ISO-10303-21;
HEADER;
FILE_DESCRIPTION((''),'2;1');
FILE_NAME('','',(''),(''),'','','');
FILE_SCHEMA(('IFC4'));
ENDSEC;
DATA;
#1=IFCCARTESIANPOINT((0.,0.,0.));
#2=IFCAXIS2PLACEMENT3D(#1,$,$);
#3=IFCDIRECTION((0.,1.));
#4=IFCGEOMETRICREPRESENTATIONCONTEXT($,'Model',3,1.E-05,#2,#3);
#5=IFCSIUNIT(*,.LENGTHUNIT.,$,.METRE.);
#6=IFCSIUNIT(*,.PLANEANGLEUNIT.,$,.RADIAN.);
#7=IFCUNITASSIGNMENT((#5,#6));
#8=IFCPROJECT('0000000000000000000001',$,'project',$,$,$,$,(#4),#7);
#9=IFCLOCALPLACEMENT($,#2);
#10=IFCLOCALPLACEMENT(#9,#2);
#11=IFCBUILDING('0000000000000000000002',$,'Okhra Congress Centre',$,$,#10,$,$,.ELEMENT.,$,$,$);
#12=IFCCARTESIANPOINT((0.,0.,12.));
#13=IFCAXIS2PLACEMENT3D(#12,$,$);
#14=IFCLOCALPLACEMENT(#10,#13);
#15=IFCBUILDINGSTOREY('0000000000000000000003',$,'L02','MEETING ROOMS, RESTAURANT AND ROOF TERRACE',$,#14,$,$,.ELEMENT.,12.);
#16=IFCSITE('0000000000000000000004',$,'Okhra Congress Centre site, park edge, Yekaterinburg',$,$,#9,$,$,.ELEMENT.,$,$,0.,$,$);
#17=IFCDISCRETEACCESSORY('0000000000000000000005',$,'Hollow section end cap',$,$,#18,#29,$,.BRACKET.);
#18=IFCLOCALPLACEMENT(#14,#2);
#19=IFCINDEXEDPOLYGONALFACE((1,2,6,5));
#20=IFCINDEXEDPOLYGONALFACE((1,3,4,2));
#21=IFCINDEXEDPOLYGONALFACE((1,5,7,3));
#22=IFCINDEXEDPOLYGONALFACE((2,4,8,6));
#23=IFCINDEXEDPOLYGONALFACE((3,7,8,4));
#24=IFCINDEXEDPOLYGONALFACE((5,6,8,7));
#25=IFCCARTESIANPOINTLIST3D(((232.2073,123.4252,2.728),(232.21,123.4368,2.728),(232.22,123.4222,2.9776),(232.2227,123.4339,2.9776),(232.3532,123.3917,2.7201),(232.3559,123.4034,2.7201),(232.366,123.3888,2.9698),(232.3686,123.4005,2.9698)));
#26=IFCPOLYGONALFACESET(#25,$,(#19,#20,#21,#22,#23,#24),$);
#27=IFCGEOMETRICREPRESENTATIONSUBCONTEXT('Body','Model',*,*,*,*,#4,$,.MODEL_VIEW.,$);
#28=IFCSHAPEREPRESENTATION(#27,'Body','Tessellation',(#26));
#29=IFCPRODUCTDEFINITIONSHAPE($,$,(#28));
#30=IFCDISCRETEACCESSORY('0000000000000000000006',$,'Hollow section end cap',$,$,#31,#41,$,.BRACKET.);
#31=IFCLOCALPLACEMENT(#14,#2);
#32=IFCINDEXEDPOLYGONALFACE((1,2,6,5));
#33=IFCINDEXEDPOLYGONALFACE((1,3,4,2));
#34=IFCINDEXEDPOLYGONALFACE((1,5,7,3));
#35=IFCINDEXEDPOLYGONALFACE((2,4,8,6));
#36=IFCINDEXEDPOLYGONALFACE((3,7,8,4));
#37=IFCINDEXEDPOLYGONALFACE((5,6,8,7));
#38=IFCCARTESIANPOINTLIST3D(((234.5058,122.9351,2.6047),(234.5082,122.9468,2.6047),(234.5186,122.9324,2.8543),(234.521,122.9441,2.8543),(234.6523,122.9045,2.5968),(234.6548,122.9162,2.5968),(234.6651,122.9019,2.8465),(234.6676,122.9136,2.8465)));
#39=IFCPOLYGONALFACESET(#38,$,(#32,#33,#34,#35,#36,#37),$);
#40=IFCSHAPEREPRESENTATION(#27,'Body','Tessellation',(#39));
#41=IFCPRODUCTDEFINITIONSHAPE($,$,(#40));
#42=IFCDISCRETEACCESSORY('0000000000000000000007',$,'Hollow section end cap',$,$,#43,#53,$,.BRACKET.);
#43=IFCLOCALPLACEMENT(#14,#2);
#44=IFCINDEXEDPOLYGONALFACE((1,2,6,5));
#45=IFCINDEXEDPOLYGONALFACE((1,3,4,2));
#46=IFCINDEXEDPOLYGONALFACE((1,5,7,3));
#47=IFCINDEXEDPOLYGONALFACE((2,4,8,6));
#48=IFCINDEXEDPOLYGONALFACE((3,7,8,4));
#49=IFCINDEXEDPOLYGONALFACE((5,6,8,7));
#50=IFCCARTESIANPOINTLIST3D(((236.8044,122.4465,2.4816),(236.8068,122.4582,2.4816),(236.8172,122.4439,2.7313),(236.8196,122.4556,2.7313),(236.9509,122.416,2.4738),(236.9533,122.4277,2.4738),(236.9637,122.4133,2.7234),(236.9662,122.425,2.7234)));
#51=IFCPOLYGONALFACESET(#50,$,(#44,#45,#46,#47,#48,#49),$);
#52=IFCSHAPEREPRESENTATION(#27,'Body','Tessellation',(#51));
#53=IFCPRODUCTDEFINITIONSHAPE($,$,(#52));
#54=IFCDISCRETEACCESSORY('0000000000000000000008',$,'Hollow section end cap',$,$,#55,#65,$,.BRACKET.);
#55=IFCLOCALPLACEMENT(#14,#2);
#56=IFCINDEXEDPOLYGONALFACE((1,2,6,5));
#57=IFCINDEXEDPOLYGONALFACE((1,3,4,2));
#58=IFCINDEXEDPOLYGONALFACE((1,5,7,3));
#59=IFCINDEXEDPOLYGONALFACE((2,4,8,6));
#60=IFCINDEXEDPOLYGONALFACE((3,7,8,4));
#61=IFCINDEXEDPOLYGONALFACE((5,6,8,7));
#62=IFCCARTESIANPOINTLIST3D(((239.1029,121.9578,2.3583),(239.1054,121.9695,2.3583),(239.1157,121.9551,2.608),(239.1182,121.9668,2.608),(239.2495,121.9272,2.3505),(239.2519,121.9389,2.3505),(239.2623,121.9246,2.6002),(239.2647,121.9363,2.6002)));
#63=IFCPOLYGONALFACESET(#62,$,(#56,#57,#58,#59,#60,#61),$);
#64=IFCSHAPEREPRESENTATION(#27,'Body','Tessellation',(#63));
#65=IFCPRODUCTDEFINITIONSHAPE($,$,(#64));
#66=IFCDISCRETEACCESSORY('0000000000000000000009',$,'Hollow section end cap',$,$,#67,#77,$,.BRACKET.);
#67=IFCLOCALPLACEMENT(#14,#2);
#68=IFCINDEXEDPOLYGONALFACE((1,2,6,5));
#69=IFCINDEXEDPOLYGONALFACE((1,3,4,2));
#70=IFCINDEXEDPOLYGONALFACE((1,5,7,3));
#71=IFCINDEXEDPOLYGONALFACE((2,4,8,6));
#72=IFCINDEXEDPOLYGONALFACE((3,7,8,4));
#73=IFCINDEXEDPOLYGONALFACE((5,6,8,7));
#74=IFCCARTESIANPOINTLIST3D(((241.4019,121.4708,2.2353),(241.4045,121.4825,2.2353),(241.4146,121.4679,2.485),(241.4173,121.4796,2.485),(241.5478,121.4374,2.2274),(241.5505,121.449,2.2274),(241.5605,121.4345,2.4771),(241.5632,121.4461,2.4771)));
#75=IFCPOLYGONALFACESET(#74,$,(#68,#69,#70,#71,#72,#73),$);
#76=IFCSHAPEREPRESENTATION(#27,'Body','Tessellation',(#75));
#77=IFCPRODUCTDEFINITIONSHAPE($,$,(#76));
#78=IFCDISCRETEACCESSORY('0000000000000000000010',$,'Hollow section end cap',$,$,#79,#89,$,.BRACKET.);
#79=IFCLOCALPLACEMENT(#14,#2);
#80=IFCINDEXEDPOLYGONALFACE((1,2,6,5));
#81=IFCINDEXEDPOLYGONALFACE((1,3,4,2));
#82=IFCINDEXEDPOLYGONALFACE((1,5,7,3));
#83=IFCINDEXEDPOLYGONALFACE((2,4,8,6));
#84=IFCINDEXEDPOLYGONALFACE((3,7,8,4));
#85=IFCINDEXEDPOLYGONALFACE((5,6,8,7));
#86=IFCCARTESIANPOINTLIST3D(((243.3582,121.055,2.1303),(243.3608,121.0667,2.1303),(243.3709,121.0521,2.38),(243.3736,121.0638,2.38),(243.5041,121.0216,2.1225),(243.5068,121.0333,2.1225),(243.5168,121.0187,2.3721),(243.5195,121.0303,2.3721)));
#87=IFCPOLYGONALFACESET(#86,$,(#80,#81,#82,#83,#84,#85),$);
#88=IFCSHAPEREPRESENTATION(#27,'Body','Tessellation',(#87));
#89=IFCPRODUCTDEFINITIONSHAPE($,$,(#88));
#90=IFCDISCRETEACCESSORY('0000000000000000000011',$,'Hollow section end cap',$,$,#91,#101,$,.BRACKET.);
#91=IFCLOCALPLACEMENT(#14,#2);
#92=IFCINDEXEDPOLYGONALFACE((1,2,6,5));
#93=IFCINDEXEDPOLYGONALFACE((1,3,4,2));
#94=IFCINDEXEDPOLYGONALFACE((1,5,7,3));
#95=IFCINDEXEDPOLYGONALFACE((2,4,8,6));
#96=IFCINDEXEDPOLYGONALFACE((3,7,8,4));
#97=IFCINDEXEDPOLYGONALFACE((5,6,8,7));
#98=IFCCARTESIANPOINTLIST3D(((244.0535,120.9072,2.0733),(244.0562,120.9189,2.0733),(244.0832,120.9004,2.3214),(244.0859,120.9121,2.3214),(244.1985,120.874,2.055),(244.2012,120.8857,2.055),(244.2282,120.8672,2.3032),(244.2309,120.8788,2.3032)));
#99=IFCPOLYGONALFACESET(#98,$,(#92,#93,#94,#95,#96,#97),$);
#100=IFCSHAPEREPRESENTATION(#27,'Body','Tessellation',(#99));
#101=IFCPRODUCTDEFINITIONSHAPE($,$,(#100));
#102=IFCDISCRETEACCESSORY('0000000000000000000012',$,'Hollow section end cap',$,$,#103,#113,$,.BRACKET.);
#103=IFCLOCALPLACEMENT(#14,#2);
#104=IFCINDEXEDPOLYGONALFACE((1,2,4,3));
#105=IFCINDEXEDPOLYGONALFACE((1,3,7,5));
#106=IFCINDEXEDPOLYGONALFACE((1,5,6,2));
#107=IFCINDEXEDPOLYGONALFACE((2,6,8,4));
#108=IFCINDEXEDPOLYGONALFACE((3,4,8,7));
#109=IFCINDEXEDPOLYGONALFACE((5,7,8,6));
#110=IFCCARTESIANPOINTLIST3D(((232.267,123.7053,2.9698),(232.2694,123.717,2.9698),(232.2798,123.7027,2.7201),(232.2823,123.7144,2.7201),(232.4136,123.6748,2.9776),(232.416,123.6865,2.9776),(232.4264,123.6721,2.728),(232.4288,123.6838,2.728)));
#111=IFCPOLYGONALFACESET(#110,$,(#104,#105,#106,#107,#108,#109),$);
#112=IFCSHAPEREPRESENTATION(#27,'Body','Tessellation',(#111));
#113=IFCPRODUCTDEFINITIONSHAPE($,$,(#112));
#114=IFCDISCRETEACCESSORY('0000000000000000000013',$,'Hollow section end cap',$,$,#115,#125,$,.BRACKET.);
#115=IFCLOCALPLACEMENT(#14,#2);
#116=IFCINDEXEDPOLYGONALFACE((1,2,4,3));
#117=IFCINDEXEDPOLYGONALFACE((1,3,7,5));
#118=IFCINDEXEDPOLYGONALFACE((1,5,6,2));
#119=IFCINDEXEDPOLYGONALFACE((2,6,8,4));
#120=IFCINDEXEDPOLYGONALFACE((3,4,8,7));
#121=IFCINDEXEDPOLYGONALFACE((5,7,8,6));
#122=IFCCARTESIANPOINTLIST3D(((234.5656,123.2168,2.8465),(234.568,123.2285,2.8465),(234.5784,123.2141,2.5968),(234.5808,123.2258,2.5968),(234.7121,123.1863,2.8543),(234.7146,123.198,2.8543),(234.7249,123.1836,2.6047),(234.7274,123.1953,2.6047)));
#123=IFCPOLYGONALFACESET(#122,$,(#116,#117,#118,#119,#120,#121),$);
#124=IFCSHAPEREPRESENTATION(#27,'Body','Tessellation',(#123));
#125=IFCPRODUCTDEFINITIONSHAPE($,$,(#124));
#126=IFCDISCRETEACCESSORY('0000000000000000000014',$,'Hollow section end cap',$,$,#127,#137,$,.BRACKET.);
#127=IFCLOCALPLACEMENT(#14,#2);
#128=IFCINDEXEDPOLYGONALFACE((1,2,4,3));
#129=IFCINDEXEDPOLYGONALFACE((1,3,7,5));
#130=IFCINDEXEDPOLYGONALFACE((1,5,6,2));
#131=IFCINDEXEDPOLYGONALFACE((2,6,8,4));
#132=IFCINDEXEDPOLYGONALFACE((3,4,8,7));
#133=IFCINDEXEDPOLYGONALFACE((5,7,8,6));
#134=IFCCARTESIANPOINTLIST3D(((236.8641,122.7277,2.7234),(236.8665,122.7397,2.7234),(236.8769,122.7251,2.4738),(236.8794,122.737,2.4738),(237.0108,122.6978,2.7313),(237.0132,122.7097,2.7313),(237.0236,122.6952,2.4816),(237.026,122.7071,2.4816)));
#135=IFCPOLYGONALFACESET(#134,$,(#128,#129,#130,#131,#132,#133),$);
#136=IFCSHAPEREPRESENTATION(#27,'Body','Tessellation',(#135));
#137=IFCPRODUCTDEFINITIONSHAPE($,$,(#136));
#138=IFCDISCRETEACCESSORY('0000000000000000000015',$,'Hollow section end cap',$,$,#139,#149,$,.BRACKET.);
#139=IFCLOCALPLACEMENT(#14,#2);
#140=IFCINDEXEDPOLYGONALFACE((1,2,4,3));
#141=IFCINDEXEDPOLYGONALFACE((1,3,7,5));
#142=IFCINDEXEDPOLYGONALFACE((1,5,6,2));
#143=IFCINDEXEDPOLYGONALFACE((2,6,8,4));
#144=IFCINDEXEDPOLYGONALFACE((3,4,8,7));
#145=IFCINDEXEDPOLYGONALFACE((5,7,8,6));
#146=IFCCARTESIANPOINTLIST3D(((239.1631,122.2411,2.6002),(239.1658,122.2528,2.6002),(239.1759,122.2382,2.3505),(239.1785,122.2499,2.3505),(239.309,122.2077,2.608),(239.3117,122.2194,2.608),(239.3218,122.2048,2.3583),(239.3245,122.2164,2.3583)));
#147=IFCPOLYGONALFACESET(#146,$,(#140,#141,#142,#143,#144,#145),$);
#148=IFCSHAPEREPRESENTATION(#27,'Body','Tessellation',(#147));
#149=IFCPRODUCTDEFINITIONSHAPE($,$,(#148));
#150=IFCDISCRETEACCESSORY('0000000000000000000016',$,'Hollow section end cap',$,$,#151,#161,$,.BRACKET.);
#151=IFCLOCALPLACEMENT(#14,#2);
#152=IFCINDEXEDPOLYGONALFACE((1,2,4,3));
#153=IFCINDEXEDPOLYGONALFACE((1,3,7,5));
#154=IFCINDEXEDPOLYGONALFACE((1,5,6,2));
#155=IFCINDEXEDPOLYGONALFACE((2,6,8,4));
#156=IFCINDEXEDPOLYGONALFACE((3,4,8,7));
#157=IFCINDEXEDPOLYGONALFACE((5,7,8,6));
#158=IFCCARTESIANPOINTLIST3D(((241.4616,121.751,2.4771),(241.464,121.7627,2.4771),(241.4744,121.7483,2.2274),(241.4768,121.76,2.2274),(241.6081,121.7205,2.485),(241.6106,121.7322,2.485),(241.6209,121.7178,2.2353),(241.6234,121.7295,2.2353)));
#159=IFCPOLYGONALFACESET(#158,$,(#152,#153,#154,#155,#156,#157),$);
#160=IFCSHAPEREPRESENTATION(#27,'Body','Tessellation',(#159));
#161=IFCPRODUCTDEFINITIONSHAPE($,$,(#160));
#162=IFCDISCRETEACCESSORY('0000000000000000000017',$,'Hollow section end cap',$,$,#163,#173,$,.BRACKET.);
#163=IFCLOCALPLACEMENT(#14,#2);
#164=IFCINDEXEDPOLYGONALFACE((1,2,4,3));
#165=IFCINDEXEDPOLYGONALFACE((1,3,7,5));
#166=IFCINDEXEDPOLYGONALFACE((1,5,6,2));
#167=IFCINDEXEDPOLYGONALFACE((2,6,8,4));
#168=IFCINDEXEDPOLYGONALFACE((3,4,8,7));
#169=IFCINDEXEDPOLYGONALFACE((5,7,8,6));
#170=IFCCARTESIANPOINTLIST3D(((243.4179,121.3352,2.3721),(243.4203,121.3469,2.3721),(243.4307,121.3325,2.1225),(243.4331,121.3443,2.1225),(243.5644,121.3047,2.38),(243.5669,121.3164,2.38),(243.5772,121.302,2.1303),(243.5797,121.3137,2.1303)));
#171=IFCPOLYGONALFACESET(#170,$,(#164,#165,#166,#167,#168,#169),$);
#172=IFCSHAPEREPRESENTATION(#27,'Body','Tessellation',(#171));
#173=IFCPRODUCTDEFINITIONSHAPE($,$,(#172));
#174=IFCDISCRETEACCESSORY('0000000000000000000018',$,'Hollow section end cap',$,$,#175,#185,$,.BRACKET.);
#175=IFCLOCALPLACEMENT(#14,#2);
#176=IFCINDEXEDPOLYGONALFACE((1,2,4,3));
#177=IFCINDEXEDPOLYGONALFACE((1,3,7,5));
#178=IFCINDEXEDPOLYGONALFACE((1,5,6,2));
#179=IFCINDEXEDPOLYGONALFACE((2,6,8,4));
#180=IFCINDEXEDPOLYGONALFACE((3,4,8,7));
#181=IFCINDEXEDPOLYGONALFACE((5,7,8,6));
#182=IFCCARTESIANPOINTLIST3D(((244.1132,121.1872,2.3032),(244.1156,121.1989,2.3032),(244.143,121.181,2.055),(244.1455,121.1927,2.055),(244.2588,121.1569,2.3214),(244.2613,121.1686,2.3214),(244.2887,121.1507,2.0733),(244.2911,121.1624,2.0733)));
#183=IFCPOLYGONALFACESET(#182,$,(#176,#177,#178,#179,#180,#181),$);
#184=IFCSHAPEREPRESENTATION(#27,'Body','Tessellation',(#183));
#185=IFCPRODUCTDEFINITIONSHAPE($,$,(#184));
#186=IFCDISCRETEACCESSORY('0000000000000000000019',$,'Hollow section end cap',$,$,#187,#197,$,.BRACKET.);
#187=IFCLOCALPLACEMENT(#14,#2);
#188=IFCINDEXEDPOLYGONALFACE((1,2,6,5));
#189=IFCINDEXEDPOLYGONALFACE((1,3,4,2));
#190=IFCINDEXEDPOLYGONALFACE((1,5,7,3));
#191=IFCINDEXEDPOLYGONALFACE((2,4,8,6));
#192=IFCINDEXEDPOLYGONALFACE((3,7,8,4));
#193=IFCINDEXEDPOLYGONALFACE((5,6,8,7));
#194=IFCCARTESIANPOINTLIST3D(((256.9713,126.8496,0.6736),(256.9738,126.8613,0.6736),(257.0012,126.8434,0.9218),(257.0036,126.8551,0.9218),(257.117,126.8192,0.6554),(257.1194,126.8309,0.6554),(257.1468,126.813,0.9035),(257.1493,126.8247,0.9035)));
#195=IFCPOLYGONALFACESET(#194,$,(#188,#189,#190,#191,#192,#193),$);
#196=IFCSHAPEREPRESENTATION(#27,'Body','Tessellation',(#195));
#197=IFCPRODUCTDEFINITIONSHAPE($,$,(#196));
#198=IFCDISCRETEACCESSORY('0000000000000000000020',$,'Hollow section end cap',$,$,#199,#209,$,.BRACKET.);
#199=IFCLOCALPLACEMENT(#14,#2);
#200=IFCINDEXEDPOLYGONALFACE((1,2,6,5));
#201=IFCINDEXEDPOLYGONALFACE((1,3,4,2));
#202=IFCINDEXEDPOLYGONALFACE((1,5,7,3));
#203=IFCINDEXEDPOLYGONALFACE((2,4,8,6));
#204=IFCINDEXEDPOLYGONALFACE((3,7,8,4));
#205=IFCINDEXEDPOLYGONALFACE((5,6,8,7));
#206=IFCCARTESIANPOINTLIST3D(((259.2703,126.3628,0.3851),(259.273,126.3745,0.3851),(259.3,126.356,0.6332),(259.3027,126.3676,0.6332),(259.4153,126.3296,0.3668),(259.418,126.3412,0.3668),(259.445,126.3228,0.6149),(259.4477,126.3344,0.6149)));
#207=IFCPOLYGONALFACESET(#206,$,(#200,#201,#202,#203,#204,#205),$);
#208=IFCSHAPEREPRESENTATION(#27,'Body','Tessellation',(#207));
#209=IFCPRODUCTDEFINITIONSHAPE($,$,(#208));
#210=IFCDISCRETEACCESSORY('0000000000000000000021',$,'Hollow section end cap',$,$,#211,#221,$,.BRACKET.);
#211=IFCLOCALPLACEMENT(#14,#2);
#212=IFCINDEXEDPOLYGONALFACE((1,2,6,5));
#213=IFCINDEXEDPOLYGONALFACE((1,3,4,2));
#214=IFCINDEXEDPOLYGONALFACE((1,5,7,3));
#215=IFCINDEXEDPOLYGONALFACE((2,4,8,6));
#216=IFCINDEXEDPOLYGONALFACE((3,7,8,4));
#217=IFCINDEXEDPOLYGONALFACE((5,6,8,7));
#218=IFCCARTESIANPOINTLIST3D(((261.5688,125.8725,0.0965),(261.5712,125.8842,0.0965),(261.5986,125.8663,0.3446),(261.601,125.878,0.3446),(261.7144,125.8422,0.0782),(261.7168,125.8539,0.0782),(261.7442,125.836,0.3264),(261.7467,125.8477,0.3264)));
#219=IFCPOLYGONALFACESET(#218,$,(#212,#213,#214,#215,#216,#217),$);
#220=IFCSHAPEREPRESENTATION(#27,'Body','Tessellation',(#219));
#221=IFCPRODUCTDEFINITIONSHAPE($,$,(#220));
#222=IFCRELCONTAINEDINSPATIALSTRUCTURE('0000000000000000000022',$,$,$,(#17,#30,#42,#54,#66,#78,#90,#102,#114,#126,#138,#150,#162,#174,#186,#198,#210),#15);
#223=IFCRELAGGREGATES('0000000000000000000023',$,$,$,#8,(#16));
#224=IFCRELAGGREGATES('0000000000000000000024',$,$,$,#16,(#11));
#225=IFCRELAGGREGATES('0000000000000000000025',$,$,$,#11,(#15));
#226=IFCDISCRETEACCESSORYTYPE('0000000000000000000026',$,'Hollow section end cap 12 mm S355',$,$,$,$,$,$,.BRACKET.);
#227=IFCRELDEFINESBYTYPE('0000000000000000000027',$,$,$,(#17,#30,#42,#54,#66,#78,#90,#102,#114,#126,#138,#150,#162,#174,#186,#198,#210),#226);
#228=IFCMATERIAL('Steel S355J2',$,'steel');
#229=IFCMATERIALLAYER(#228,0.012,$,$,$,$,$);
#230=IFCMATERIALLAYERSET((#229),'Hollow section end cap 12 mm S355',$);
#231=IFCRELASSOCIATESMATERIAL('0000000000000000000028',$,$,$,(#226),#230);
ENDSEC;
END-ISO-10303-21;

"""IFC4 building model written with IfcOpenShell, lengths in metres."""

from ifc_helpers import new_model, si_unit, direction, frame, origin, origin_2d, place, context, subcontext, project, spatial, rectangle, extrude, material, layer, layer_set, type_object, element, save


model = new_model("IFC4")

# Units and contexts
model_context = context("Model", 3, precision=1e-05, world=origin(), true_north=direction((0.0, 1.0)))
body_context = subcontext(model_context, "Body", "Model", "MODEL_VIEW")
ifc_project = project(units=[si_unit("LENGTHUNIT", "METRE"), si_unit("PLANEANGLEUNIT", "RADIAN")], contexts=[model_context])

# Site, building, storey
site_placement = place(None, origin())
site = spatial("IfcSite", under=ifc_project, at=site_placement, Name="Okhra Congress Centre site, park edge, Yekaterinburg", CompositionType="ELEMENT", RefElevation=0.0)
building_placement = place(site_placement, origin())
building = spatial("IfcBuilding", under=site, at=building_placement, Name="Okhra Congress Centre", CompositionType="ELEMENT")
storey_placement = place(building_placement, frame((0.0, 0.0, 12.0)))
storey = spatial("IfcBuildingStorey", under=building, at=storey_placement, Name="L02", Description="MEETING ROOMS, RESTAURANT AND ROOF TERRACE", CompositionType="ELEMENT", Elevation=12.0)

# Shared definitions
ifc_material_1 = material(Name="Steel S355J2", Category="steel")

# Discrete accessories
ifc_layer_1 = layer(ifc_material_1, 0.012)
ifc_layer_set_1 = layer_set([ifc_layer_1], Name="Hollow section end cap 12 mm S355")
discrete_accessory_type_1 = type_object("IfcDiscreteAccessoryType", Name="Hollow section end cap 12 mm S355", PredefinedType="BRACKET", material=ifc_layer_set_1)
for number, where, z_axis, x_axis, name in (
    (1, (232.2866, 123.407, 2.8489), (0.223376, 0.974732, 0.0), (-0.973396, 0.22307, 0.052336), "Hollow section end cap"),
    (2, (234.5854, 122.9185, 2.7256), (0.203954, 0.97898, 0.0), (-0.977639, 0.203675, 0.052336), "Hollow section end cap"),
    (3, (236.884, 122.4299, 2.6025), (0.203954, 0.97898, 0.0), (-0.977639, 0.203675, 0.052336), "Hollow section end cap"),
    (4, (239.1826, 121.9412, 2.4792), (0.203954, 0.97898, 0.0), (-0.977639, 0.203675, 0.052336), "Hollow section end cap"),
    (5, (241.4812, 121.4526, 2.3562), (0.223376, 0.974732, 0.0), (-0.973396, 0.22307, 0.052336), "Hollow section end cap"),
    (6, (243.4375, 121.0369, 2.2512), (0.223376, 0.974732, 0.0), (-0.973396, 0.22307, 0.052336), "Hollow section end cap"),
    (7, (244.1409, 120.8872, 2.1882), (0.223376, 0.974732, 0.0), (-0.967467, 0.221711, 0.121869), "Hollow section end cap"),
    (8, (232.3491, 123.7004, 2.8489), (-0.203954, -0.97898, 0.0), (0.977639, -0.203675, 0.052336), "Hollow section end cap"),
    (9, (234.6477, 123.2119, 2.7256), (-0.203954, -0.97898, 0.0), (0.977639, -0.203675, 0.052336), "Hollow section end cap"),
):
    element("IfcDiscreteAccessory", number, at=place(storey_placement, frame(where, z_axis=z_axis, x_axis=x_axis)), inside=storey, type_object=discrete_accessory_type_1, Name=name, PredefinedType="BRACKET", context=body_context, shape_type="SweptSolid", body=[
        extrude(rectangle(XDim=0.1499, YDim=0.25, at=origin_2d()), origin(), (0.0, 0.0, 1.0), 0.012),
    ])
discrete_accessory_1_placement = place(storey_placement, frame((236.9463, 122.7234, 2.6025), z_axis=(-0.19996, -0.979804, 0.0), x_axis=(0.978461, -0.199686, 0.052336)))
element("IfcDiscreteAccessory", 10, at=discrete_accessory_1_placement, inside=storey, type_object=discrete_accessory_type_1, Name="Hollow section end cap", PredefinedType="BRACKET", context=body_context, shape_type="SweptSolid", body=[
    extrude(rectangle(XDim=0.1499, YDim=0.25, at=origin_2d()), origin(), (0.0, 0.0, 1.0), 0.0122),
])
for number, where, z_axis, x_axis, name in (
    (11, (239.2451, 122.2346, 2.4792), (-0.223376, -0.974732, 0.0), (0.973396, -0.22307, 0.052336), "Hollow section end cap"),
    (12, (241.5437, 121.7461, 2.3562), (-0.203954, -0.97898, 0.0), (0.977639, -0.203675, 0.052336), "Hollow section end cap"),
    (13, (243.5, 121.3303, 2.2512), (-0.203954, -0.97898, 0.0), (0.977639, -0.203675, 0.052336), "Hollow section end cap"),
    (14, (244.2034, 121.1807, 2.1882), (-0.203954, -0.97898, 0.0), (0.971683, -0.202434, 0.121869), "Hollow section end cap"),
    (15, (257.0591, 126.8313, 0.7886), (0.203954, 0.97898, 0.0), (-0.971683, 0.202434, 0.121869), "Hollow section end cap"),
    (16, (259.3577, 126.3428, 0.5), (0.223376, 0.974732, 0.0), (-0.967467, 0.221711, 0.121869), "Hollow section end cap"),
    (17, (261.6565, 125.8542, 0.2114), (0.203954, 0.97898, 0.0), (-0.971683, 0.202434, 0.121869), "Hollow section end cap"),
):
    element("IfcDiscreteAccessory", number, at=place(storey_placement, frame(where, z_axis=z_axis, x_axis=x_axis)), inside=storey, type_object=discrete_accessory_type_1, Name=name, PredefinedType="BRACKET", context=body_context, shape_type="SweptSolid", body=[
        extrude(rectangle(XDim=0.1499, YDim=0.25, at=origin_2d()), origin(), (0.0, 0.0, 1.0), 0.012),
    ])

save(model, "model.ifc")
